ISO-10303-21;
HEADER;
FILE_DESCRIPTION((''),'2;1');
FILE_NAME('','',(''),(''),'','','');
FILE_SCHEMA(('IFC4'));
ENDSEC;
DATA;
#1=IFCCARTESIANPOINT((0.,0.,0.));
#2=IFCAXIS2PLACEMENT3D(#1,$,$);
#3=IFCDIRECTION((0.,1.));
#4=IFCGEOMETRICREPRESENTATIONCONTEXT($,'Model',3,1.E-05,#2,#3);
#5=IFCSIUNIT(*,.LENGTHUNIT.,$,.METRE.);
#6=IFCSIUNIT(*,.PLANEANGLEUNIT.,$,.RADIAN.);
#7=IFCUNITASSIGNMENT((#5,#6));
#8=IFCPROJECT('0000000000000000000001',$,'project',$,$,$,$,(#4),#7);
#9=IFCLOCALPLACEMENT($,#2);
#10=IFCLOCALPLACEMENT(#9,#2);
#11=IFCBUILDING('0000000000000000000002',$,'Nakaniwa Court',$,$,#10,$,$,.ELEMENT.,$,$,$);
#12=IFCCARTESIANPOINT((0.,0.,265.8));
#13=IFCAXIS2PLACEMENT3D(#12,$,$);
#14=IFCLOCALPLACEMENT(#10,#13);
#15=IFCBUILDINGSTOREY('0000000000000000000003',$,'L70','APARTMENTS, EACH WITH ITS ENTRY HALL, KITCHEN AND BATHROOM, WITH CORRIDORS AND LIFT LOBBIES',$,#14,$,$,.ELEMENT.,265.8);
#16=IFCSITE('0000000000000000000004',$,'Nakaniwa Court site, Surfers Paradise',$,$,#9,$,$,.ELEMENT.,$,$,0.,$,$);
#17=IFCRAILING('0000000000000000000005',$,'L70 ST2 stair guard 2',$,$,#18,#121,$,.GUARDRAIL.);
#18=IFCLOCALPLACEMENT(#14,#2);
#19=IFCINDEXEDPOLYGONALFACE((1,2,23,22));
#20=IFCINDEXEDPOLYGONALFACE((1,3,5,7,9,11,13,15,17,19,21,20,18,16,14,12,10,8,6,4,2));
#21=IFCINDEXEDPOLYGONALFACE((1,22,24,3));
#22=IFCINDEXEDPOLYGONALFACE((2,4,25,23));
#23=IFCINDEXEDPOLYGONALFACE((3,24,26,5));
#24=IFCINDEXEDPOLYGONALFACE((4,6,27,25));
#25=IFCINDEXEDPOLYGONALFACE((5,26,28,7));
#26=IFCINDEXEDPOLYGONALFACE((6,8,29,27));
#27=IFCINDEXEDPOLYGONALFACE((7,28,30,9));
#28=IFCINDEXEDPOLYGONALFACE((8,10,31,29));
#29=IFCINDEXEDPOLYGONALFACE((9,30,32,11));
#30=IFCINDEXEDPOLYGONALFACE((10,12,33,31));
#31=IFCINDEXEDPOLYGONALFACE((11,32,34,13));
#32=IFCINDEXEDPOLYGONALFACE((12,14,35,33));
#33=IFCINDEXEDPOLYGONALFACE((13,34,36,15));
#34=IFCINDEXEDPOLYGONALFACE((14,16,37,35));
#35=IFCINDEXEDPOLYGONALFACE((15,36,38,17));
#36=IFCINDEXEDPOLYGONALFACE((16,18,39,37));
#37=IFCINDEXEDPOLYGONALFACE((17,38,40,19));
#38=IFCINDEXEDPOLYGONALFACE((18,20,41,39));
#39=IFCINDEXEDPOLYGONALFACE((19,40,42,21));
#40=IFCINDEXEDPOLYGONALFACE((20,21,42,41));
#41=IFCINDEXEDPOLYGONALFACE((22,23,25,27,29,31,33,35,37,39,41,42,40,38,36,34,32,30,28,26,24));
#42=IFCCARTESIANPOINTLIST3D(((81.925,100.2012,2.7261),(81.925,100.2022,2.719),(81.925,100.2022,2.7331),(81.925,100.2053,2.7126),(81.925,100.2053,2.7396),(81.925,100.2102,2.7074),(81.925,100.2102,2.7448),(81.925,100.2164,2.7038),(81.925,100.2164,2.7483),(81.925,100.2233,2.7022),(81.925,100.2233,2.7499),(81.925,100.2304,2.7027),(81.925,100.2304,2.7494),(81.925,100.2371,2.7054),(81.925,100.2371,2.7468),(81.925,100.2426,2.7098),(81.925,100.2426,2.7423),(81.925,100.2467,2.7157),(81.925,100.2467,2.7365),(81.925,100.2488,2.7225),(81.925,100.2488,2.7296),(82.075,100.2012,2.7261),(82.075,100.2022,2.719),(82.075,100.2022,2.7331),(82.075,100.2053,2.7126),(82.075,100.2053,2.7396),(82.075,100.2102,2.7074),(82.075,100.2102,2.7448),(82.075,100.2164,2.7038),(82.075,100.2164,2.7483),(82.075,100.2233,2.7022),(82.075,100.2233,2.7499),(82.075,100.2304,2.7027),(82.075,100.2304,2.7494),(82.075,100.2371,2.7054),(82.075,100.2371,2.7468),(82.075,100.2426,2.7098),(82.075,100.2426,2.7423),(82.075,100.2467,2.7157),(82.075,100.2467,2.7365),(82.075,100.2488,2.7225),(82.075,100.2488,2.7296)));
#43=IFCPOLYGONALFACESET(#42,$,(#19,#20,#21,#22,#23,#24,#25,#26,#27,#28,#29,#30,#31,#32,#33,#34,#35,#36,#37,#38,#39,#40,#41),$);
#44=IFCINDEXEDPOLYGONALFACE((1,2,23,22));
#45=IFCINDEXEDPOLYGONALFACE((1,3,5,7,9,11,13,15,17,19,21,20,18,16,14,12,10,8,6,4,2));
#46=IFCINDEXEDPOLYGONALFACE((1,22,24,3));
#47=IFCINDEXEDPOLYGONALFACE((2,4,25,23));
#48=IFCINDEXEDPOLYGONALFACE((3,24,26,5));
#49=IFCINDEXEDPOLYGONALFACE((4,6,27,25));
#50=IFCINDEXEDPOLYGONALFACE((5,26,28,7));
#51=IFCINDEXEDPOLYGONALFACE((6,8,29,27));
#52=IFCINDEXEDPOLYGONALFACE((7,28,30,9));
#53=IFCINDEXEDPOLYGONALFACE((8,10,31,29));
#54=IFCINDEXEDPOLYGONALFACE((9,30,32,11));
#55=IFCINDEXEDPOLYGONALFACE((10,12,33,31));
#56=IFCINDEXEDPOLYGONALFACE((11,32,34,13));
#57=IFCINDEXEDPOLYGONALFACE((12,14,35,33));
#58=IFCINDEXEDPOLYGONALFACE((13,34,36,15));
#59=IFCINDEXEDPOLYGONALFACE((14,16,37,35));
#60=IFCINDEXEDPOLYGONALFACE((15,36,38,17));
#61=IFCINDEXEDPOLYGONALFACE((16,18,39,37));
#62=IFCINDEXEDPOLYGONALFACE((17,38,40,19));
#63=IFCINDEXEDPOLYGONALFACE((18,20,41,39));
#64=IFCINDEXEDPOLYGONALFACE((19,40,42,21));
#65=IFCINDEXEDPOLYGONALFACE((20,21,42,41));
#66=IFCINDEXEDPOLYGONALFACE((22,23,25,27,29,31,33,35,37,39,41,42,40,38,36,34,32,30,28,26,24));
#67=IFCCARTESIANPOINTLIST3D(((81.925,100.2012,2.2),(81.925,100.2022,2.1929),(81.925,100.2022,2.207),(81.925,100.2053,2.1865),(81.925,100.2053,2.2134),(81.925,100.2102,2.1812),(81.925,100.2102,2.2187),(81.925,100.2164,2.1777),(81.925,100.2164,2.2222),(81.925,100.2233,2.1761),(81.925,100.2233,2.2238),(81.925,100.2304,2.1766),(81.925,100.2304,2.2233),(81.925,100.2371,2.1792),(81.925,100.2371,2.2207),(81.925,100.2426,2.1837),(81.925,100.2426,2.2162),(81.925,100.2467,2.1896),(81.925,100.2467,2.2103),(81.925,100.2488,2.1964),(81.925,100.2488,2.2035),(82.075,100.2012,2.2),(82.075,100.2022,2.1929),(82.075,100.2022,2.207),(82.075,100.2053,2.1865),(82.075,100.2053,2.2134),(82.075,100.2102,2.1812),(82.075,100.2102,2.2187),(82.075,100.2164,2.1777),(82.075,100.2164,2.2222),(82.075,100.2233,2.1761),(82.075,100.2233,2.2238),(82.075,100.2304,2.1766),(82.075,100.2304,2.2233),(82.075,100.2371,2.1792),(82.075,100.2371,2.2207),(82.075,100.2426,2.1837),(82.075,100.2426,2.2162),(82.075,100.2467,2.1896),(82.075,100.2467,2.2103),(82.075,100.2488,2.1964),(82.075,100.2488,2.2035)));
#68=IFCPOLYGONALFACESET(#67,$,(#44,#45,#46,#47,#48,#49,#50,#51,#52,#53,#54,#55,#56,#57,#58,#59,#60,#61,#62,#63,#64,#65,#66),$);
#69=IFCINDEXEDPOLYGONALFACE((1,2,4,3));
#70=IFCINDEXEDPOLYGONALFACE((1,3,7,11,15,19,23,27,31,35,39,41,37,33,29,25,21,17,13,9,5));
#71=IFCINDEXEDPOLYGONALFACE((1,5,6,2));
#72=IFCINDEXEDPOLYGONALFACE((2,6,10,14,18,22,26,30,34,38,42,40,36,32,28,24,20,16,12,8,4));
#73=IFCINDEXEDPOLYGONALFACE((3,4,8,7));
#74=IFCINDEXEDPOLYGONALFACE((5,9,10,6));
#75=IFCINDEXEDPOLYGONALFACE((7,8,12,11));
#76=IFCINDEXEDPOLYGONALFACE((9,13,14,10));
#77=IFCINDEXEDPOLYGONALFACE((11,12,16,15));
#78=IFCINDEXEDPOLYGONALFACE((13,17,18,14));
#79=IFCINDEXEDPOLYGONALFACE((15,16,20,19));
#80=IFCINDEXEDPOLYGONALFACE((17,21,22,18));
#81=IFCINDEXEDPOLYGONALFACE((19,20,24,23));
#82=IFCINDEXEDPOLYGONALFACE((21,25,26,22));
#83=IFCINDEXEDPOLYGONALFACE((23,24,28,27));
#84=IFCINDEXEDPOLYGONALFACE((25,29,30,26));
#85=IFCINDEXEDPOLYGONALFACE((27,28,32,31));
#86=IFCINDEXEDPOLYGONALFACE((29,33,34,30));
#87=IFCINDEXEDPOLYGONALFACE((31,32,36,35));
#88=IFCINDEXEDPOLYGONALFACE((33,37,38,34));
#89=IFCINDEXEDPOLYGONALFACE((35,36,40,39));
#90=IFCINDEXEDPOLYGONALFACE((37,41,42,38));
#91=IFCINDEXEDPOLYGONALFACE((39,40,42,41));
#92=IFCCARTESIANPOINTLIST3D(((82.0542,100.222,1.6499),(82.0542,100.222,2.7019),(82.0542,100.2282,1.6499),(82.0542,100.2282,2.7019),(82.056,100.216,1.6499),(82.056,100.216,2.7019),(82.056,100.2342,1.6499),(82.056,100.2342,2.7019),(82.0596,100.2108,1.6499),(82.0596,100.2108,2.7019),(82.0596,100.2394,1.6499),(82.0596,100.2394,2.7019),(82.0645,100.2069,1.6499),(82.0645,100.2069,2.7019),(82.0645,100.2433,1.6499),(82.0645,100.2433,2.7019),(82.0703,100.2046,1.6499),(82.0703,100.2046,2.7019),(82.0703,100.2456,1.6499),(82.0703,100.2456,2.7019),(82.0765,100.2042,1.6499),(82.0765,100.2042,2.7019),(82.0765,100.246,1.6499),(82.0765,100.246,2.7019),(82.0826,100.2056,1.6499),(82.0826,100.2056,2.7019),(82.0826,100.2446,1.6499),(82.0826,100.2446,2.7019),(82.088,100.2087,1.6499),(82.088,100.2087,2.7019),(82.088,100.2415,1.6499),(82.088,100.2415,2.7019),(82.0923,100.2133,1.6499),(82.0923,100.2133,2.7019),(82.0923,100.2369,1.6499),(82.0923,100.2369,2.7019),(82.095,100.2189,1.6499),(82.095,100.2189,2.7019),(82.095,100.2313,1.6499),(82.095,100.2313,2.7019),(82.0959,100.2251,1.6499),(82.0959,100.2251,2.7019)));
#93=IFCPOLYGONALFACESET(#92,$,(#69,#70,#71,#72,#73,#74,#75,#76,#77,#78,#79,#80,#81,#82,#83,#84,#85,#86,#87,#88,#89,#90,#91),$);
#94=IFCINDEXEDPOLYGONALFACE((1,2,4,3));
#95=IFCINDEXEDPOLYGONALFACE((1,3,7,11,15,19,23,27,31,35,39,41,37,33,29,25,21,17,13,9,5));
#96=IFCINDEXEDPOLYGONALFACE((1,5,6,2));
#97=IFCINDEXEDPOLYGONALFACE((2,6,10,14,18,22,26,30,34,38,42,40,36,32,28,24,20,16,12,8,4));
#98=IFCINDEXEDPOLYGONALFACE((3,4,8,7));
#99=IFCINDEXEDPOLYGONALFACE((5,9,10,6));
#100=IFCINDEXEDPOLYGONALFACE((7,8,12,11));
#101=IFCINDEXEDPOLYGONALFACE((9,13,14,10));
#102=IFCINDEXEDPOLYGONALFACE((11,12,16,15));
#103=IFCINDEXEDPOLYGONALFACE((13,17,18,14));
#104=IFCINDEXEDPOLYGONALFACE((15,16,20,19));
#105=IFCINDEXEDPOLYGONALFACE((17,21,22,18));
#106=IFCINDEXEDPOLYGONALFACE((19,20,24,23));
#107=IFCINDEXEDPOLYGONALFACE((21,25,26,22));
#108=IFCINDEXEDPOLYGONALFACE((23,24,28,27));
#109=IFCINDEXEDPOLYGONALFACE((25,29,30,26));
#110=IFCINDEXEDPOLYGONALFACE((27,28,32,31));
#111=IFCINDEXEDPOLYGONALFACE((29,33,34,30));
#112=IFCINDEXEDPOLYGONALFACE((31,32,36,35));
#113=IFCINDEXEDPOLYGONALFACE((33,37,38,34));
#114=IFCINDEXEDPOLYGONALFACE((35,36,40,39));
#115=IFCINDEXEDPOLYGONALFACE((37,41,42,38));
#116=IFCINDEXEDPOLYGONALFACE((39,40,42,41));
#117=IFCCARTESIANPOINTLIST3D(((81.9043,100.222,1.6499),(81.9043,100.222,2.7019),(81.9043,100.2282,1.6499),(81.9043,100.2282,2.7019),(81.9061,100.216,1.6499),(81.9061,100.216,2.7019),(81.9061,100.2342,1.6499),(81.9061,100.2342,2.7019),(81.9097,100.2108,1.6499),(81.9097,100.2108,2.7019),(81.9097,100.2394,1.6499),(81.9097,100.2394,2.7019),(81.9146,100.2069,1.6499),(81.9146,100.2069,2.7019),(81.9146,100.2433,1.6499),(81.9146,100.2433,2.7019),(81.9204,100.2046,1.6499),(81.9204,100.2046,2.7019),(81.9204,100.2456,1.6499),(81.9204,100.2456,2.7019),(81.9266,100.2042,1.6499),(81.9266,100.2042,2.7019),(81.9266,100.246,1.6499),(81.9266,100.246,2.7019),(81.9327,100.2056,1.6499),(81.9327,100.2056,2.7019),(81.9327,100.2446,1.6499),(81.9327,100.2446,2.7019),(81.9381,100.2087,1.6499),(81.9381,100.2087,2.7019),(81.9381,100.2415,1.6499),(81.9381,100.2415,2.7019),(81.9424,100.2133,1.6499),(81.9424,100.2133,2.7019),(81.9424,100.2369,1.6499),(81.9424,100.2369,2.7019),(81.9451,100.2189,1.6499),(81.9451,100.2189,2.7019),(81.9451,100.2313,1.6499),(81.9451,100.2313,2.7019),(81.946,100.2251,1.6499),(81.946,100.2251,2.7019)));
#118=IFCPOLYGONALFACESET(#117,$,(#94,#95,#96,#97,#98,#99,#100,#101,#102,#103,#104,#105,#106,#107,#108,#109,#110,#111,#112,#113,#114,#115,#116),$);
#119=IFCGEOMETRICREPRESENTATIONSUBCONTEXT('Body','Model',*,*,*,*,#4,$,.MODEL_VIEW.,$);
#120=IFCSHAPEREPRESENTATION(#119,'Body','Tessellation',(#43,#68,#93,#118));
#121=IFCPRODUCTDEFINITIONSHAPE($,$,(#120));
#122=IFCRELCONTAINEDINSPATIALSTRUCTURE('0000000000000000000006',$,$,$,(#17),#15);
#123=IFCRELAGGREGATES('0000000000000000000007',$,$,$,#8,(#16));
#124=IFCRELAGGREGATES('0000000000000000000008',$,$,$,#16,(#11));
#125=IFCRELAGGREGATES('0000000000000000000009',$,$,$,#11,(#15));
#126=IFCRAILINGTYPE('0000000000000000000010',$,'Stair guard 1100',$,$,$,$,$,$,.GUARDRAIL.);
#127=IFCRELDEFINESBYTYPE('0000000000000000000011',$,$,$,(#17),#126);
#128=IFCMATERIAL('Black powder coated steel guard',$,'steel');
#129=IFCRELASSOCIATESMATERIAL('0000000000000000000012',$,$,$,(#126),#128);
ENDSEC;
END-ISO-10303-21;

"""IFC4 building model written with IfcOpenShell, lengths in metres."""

from ifc_helpers import new_model, si_unit, direction, frame, origin, origin_2d, place, context, subcontext, project, spatial, circle, extrude, material, type_object, element, save


model = new_model("IFC4")

# Units and contexts
model_context = context("Model", 3, precision=1e-05, world=origin(), true_north=direction((0.0, 1.0)))
body_context = subcontext(model_context, "Body", "Model", "MODEL_VIEW")
ifc_project = project(units=[si_unit("LENGTHUNIT", "METRE"), si_unit("PLANEANGLEUNIT", "RADIAN")], contexts=[model_context])

# Site, building, storey
site_placement = place(None, origin())
site = spatial("IfcSite", under=ifc_project, at=site_placement, Name="Nakaniwa Court site, Surfers Paradise", CompositionType="ELEMENT", RefElevation=0.0)
building_placement = place(site_placement, origin())
building = spatial("IfcBuilding", under=site, at=building_placement, Name="Nakaniwa Court", CompositionType="ELEMENT")
storey_placement = place(building_placement, frame((0.0, 0.0, 265.8)))
storey = spatial("IfcBuildingStorey", under=building, at=storey_placement, Name="L70", Description="APARTMENTS, EACH WITH ITS ENTRY HALL, KITCHEN AND BATHROOM, WITH CORRIDORS AND LIFT LOBBIES", CompositionType="ELEMENT", Elevation=265.8)

# Railing
ifc_material_1 = material(Name="Black powder coated steel guard", Category="steel")
railing_type_1 = type_object("IfcRailingType", Name="Stair guard 1100", PredefinedType="GUARDRAIL", material=ifc_material_1)
railing_1_placement = place(storey_placement, frame((82.075, 100.2251, 1.6499)))
element("IfcRailing", 1, at=railing_1_placement, inside=storey, type_object=railing_type_1, Name="L70 ST2 stair guard 2", PredefinedType="GUARDRAIL", context=body_context, shape_type="SweptSolid", body=[
    extrude(circle(Radius=0.0239, at=origin_2d()), frame((0.0, 0.0, 1.0762), z_axis=(-1.0, 0.0, 0.0), x_axis=(0.0, -1.0, 0.0)), (0.0, 0.0, 1.0), 0.1499),
    extrude(circle(Radius=0.0239, at=origin_2d()), frame((0.0, 0.0, 0.55), z_axis=(-1.0, 0.0, 0.0), x_axis=(0.0, -1.0, 0.0)), (0.0, 0.0, 1.0), 0.1499),
    extrude(circle(Radius=0.021, at=origin_2d()), origin(), (0.0, 0.0, 1.0), 1.052),
    extrude(circle(Radius=0.021, at=origin_2d()), frame((-0.1499, 0.0, 0.0)), (0.0, 0.0, 1.0), 1.052),
])

save(model, "model.ifc")
